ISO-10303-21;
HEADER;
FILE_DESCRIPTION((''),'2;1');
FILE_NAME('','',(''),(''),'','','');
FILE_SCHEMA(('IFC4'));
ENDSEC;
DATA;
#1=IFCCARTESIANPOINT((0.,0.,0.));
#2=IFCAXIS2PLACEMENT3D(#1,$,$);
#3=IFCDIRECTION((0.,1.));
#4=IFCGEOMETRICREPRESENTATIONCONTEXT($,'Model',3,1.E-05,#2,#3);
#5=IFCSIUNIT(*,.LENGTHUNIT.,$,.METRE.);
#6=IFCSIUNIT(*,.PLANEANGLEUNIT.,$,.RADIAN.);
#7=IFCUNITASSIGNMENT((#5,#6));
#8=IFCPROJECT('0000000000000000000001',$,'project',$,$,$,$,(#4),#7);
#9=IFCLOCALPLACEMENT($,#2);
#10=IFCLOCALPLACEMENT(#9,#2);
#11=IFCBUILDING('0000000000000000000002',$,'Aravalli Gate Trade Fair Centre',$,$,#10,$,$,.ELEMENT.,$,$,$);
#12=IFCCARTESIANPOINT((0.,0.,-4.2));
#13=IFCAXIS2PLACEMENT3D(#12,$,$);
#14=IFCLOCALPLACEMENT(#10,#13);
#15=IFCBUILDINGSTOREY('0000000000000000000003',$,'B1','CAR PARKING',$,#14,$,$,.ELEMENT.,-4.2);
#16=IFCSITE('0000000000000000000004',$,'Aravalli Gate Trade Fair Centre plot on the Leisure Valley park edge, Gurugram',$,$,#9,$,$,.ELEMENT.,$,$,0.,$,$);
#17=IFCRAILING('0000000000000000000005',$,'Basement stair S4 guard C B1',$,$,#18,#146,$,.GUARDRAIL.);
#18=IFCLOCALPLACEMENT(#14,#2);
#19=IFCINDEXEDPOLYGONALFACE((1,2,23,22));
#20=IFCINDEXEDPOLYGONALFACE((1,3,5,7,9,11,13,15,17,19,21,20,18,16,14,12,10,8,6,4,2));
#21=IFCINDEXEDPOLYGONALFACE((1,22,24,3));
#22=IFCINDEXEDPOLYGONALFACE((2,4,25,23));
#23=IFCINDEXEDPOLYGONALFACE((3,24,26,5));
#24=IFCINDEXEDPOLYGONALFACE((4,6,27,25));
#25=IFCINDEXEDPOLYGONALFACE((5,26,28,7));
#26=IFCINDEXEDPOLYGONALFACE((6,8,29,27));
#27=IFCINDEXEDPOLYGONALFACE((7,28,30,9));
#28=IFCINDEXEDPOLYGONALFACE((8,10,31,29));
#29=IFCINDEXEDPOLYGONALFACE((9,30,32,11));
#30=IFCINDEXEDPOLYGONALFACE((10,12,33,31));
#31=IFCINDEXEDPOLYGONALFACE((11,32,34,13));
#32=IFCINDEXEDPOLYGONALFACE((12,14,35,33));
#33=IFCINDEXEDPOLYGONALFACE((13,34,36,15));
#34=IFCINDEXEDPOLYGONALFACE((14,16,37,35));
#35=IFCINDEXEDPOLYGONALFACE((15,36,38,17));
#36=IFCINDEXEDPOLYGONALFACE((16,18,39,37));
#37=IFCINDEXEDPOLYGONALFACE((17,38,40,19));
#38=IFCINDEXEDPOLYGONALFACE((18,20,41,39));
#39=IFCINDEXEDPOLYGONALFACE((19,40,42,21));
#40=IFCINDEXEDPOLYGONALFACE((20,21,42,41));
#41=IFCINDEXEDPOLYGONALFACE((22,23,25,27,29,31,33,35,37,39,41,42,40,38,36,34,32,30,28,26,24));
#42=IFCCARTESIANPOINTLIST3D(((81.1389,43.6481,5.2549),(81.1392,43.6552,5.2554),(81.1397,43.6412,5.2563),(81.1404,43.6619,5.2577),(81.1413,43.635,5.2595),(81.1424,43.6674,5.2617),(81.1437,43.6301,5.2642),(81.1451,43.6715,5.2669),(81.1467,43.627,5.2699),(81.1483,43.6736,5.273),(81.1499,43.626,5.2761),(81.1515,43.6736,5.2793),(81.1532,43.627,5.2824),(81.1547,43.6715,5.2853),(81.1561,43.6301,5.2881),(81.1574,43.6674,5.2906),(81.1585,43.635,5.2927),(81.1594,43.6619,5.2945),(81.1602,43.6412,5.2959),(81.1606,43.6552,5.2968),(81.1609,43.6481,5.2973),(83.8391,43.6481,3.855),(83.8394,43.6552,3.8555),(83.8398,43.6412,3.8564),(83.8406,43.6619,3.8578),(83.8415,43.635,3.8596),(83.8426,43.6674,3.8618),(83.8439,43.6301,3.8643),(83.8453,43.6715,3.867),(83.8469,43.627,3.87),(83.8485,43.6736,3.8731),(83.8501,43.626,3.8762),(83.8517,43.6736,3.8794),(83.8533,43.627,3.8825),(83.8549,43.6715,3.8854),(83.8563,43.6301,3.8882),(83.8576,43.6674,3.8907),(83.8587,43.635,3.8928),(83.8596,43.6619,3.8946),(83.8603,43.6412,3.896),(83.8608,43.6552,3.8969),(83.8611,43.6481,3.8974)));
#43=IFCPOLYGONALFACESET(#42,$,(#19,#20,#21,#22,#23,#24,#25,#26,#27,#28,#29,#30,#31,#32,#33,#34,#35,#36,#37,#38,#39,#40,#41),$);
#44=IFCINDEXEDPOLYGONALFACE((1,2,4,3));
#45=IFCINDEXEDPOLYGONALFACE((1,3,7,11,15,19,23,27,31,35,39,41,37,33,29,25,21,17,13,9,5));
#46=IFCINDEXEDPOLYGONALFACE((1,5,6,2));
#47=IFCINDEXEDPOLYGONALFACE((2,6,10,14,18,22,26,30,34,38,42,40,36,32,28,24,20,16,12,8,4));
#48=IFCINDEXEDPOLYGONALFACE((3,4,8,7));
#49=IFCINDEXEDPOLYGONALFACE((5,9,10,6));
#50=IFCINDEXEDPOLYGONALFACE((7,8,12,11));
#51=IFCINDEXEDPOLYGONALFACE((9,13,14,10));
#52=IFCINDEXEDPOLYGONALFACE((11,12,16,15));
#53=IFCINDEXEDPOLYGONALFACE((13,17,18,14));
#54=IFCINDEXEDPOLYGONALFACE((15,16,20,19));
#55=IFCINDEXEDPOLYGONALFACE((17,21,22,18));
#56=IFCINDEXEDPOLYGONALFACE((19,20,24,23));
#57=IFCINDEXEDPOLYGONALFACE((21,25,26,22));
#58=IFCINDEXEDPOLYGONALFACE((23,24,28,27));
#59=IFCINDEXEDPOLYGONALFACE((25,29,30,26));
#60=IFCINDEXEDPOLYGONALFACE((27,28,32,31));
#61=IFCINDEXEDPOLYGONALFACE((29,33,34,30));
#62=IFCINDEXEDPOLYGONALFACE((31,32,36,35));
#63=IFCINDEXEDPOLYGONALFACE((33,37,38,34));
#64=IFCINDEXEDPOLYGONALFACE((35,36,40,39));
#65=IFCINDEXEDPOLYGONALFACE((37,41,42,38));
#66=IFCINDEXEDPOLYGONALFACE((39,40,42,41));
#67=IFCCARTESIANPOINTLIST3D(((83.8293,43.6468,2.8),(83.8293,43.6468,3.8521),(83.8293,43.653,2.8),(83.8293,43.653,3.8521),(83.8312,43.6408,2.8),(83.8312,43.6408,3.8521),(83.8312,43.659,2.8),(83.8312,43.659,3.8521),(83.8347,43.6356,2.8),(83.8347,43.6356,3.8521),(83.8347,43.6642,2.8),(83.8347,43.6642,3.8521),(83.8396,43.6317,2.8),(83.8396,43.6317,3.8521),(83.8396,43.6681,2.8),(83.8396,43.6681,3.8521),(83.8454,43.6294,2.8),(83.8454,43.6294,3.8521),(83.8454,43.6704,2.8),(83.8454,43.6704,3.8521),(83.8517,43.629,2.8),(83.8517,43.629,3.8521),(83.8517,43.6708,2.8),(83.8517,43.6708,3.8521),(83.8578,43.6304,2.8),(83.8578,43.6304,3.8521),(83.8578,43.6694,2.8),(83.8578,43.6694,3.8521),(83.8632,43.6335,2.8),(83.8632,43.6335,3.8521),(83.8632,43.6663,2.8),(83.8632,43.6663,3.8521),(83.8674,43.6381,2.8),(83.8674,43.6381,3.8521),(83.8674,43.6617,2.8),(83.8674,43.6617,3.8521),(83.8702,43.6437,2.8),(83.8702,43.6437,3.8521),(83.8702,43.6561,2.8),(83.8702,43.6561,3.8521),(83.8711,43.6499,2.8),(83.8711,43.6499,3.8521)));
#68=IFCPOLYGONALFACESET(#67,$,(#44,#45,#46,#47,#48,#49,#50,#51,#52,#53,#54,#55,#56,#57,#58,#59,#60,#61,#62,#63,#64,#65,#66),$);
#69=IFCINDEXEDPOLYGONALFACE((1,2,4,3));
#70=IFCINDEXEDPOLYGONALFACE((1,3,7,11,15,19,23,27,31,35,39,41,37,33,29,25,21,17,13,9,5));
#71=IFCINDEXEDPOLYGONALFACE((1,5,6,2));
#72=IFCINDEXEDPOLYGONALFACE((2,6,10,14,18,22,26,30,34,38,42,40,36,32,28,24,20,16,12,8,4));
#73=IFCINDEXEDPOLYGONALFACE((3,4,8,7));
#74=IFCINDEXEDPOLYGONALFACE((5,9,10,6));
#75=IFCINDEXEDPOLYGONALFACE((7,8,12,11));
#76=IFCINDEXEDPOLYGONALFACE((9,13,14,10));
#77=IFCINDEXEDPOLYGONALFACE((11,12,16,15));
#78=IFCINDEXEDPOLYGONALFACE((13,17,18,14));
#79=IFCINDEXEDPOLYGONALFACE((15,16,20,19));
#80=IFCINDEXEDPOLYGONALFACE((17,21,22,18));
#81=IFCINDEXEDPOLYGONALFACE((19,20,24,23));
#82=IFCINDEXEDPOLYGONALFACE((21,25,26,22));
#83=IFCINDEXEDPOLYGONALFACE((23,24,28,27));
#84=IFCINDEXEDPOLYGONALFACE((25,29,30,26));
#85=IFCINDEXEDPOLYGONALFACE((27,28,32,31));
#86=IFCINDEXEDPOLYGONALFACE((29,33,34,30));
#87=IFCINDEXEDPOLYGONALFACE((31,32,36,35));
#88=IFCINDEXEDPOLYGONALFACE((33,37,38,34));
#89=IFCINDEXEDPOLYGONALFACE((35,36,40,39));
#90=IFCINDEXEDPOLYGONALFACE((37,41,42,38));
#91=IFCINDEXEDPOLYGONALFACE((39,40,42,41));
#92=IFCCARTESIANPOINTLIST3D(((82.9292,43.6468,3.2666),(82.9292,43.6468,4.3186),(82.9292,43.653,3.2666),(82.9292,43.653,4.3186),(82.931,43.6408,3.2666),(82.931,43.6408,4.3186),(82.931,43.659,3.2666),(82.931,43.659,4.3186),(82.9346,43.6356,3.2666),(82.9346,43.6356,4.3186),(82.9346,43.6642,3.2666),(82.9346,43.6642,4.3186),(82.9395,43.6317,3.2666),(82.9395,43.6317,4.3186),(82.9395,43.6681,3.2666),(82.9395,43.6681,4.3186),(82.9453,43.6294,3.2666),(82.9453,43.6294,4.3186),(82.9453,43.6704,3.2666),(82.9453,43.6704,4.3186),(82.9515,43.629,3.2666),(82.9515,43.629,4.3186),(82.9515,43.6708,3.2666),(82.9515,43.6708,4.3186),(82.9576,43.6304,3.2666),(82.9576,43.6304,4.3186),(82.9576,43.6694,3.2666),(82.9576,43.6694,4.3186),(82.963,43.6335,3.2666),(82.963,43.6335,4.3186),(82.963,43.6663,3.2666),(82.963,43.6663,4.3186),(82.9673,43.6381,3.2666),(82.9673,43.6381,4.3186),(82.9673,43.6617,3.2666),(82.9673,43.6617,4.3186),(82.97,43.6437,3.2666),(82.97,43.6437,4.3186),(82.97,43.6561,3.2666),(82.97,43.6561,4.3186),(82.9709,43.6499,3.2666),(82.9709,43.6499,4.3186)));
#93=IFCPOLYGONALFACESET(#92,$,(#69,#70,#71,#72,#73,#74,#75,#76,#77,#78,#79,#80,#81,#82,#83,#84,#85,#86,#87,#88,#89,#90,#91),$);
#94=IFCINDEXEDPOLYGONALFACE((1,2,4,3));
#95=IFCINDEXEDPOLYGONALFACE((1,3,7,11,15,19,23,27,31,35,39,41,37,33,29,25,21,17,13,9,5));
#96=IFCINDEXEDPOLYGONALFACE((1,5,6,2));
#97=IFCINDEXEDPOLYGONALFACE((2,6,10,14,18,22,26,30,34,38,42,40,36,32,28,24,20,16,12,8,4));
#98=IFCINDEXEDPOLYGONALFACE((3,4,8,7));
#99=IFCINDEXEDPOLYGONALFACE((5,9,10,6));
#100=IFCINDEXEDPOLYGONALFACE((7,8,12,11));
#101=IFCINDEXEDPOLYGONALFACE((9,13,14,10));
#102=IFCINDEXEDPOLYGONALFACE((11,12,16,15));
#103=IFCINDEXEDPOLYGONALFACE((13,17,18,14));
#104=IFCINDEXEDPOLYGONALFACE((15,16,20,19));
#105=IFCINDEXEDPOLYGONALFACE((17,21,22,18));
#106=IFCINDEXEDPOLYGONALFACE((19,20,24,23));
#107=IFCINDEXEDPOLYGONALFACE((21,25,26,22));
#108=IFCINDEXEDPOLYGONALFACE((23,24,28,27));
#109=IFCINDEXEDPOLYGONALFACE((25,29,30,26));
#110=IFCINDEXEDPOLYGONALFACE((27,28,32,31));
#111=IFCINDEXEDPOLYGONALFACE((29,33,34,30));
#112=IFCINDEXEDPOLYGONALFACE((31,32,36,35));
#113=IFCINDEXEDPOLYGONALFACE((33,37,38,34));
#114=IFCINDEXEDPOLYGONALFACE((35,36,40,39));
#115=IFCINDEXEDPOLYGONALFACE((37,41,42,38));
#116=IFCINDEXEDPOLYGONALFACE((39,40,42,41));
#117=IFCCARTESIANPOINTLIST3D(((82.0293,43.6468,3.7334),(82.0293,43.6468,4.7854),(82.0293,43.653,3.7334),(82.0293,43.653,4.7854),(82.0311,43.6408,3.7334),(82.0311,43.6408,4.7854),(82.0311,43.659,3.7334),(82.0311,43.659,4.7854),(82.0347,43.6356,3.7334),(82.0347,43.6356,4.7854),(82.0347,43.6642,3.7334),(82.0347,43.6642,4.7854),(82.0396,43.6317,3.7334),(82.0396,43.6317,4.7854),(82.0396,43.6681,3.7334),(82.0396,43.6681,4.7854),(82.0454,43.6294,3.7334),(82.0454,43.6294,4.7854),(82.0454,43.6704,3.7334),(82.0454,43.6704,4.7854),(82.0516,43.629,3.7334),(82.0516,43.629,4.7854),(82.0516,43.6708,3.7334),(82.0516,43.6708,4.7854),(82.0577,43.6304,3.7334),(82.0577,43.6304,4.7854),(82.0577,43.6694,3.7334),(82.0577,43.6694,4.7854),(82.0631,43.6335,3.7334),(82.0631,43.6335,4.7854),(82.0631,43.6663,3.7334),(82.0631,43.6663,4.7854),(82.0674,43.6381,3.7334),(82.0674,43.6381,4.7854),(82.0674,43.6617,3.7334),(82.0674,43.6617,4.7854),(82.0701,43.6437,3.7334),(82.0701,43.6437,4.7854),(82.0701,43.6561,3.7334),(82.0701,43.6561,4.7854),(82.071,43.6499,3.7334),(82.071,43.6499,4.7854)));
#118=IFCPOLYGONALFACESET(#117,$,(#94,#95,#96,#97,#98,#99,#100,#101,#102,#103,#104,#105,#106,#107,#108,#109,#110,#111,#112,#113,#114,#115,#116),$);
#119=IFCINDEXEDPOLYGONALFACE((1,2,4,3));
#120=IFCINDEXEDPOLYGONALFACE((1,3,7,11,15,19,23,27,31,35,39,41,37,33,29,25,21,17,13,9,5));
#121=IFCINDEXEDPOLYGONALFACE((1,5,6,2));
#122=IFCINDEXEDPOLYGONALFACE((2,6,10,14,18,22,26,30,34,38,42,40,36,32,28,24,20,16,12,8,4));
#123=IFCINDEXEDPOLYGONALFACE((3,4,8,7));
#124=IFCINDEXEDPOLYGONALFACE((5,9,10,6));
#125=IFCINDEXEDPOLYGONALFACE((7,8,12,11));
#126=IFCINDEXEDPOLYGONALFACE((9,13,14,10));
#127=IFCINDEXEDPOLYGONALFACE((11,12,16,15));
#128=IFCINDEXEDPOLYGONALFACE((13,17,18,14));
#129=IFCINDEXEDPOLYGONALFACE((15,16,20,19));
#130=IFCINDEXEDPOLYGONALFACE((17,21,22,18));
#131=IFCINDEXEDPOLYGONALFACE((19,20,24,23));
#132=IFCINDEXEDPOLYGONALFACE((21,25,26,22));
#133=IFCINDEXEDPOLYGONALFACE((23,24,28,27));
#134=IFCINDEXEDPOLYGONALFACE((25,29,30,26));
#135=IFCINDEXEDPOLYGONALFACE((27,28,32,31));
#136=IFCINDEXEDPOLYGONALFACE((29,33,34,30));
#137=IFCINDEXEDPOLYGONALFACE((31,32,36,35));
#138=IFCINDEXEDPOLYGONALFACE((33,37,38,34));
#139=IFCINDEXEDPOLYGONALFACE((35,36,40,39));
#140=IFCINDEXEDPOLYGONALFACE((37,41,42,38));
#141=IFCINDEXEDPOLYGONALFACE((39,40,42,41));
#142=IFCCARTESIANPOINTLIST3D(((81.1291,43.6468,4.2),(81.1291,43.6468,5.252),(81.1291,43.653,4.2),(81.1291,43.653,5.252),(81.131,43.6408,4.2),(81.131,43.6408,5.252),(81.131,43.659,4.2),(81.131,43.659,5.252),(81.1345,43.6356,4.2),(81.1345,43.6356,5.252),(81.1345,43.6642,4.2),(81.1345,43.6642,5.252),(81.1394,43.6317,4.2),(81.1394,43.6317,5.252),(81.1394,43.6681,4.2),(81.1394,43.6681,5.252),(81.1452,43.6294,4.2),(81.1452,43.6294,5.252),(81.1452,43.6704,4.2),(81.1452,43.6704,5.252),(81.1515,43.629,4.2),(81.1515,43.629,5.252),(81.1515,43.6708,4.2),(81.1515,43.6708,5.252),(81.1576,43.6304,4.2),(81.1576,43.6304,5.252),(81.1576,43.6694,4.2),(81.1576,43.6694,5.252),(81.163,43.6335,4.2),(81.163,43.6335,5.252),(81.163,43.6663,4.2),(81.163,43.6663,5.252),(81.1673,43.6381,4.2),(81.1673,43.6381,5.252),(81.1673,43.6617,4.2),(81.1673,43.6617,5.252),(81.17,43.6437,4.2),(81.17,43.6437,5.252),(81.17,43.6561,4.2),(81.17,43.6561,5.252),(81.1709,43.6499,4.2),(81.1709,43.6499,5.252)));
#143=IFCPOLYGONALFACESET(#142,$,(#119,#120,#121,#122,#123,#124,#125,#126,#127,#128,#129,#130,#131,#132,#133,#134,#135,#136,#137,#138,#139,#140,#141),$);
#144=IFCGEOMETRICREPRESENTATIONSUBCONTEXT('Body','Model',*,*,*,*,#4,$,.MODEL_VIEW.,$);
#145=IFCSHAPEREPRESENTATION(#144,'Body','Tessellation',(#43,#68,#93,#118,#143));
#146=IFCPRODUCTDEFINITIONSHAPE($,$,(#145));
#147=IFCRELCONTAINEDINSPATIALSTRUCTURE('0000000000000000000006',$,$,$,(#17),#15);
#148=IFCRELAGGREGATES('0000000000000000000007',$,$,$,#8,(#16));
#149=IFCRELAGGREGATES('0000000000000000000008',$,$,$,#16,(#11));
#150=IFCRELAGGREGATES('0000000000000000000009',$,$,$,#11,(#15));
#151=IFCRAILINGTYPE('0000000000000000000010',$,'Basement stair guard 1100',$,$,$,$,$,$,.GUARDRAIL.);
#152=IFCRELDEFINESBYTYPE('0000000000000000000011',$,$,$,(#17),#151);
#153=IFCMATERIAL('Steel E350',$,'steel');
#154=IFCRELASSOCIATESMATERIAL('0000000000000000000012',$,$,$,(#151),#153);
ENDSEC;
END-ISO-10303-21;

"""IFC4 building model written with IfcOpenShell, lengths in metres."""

from ifc_helpers import new_model, si_unit, direction, frame, origin, origin_2d, place, context, subcontext, project, spatial, circle, extrude, material, type_object, element, save


model = new_model("IFC4")

# Units and contexts
model_context = context("Model", 3, precision=1e-05, world=origin(), true_north=direction((0.0, 1.0)))
body_context = subcontext(model_context, "Body", "Model", "MODEL_VIEW")
ifc_project = project(units=[si_unit("LENGTHUNIT", "METRE"), si_unit("PLANEANGLEUNIT", "RADIAN")], contexts=[model_context])

# Site, building, storey
site_placement = place(None, origin())
site = spatial("IfcSite", under=ifc_project, at=site_placement, Name="Aravalli Gate Trade Fair Centre plot on the Leisure Valley park edge, Gurugram", CompositionType="ELEMENT", RefElevation=0.0)
building_placement = place(site_placement, origin())
building = spatial("IfcBuilding", under=site, at=building_placement, Name="Aravalli Gate Trade Fair Centre", CompositionType="ELEMENT")
storey_placement = place(building_placement, frame((0.0, 0.0, -4.2)))
storey = spatial("IfcBuildingStorey", under=building, at=storey_placement, Name="B1", Description="CAR PARKING", CompositionType="ELEMENT", Elevation=-4.2)

# Railing
ifc_material_1 = material(Name="Steel E350", Category="steel")
railing_type_1 = type_object("IfcRailingType", Name="Basement stair guard 1100", PredefinedType="GUARDRAIL", material=ifc_material_1)
railing_1_placement = place(storey_placement, frame((83.8501, 43.6499, 2.8)))
element("IfcRailing", 1, at=railing_1_placement, inside=storey, type_object=railing_type_1, Name="Basement stair S4 guard C B1", PredefinedType="GUARDRAIL", context=body_context, shape_type="SweptSolid", body=[
    extrude(circle(Radius=0.0239, at=origin_2d()), frame((0.0, 0.0, 1.0762), z_axis=(-0.887781, 0.0, 0.460266), x_axis=(0.0, -1.0, 0.0)), (0.0, 0.0, 1.0), 3.0415),
    extrude(circle(Radius=0.021, at=origin_2d()), origin(), (0.0, 0.0, 1.0), 1.052),
    extrude(circle(Radius=0.021, at=origin_2d()), frame((-0.9001, 0.0, 0.4666)), (0.0, 0.0, 1.0), 1.052),
    extrude(circle(Radius=0.021, at=origin_2d()), frame((-1.8, 0.0, 0.9333)), (0.0, 0.0, 1.0), 1.052),
    extrude(circle(Radius=0.021, at=origin_2d()), frame((-2.7002, 0.0, 1.3999)), (0.0, 0.0, 1.0), 1.052),
])

save(model, "model.ifc")
